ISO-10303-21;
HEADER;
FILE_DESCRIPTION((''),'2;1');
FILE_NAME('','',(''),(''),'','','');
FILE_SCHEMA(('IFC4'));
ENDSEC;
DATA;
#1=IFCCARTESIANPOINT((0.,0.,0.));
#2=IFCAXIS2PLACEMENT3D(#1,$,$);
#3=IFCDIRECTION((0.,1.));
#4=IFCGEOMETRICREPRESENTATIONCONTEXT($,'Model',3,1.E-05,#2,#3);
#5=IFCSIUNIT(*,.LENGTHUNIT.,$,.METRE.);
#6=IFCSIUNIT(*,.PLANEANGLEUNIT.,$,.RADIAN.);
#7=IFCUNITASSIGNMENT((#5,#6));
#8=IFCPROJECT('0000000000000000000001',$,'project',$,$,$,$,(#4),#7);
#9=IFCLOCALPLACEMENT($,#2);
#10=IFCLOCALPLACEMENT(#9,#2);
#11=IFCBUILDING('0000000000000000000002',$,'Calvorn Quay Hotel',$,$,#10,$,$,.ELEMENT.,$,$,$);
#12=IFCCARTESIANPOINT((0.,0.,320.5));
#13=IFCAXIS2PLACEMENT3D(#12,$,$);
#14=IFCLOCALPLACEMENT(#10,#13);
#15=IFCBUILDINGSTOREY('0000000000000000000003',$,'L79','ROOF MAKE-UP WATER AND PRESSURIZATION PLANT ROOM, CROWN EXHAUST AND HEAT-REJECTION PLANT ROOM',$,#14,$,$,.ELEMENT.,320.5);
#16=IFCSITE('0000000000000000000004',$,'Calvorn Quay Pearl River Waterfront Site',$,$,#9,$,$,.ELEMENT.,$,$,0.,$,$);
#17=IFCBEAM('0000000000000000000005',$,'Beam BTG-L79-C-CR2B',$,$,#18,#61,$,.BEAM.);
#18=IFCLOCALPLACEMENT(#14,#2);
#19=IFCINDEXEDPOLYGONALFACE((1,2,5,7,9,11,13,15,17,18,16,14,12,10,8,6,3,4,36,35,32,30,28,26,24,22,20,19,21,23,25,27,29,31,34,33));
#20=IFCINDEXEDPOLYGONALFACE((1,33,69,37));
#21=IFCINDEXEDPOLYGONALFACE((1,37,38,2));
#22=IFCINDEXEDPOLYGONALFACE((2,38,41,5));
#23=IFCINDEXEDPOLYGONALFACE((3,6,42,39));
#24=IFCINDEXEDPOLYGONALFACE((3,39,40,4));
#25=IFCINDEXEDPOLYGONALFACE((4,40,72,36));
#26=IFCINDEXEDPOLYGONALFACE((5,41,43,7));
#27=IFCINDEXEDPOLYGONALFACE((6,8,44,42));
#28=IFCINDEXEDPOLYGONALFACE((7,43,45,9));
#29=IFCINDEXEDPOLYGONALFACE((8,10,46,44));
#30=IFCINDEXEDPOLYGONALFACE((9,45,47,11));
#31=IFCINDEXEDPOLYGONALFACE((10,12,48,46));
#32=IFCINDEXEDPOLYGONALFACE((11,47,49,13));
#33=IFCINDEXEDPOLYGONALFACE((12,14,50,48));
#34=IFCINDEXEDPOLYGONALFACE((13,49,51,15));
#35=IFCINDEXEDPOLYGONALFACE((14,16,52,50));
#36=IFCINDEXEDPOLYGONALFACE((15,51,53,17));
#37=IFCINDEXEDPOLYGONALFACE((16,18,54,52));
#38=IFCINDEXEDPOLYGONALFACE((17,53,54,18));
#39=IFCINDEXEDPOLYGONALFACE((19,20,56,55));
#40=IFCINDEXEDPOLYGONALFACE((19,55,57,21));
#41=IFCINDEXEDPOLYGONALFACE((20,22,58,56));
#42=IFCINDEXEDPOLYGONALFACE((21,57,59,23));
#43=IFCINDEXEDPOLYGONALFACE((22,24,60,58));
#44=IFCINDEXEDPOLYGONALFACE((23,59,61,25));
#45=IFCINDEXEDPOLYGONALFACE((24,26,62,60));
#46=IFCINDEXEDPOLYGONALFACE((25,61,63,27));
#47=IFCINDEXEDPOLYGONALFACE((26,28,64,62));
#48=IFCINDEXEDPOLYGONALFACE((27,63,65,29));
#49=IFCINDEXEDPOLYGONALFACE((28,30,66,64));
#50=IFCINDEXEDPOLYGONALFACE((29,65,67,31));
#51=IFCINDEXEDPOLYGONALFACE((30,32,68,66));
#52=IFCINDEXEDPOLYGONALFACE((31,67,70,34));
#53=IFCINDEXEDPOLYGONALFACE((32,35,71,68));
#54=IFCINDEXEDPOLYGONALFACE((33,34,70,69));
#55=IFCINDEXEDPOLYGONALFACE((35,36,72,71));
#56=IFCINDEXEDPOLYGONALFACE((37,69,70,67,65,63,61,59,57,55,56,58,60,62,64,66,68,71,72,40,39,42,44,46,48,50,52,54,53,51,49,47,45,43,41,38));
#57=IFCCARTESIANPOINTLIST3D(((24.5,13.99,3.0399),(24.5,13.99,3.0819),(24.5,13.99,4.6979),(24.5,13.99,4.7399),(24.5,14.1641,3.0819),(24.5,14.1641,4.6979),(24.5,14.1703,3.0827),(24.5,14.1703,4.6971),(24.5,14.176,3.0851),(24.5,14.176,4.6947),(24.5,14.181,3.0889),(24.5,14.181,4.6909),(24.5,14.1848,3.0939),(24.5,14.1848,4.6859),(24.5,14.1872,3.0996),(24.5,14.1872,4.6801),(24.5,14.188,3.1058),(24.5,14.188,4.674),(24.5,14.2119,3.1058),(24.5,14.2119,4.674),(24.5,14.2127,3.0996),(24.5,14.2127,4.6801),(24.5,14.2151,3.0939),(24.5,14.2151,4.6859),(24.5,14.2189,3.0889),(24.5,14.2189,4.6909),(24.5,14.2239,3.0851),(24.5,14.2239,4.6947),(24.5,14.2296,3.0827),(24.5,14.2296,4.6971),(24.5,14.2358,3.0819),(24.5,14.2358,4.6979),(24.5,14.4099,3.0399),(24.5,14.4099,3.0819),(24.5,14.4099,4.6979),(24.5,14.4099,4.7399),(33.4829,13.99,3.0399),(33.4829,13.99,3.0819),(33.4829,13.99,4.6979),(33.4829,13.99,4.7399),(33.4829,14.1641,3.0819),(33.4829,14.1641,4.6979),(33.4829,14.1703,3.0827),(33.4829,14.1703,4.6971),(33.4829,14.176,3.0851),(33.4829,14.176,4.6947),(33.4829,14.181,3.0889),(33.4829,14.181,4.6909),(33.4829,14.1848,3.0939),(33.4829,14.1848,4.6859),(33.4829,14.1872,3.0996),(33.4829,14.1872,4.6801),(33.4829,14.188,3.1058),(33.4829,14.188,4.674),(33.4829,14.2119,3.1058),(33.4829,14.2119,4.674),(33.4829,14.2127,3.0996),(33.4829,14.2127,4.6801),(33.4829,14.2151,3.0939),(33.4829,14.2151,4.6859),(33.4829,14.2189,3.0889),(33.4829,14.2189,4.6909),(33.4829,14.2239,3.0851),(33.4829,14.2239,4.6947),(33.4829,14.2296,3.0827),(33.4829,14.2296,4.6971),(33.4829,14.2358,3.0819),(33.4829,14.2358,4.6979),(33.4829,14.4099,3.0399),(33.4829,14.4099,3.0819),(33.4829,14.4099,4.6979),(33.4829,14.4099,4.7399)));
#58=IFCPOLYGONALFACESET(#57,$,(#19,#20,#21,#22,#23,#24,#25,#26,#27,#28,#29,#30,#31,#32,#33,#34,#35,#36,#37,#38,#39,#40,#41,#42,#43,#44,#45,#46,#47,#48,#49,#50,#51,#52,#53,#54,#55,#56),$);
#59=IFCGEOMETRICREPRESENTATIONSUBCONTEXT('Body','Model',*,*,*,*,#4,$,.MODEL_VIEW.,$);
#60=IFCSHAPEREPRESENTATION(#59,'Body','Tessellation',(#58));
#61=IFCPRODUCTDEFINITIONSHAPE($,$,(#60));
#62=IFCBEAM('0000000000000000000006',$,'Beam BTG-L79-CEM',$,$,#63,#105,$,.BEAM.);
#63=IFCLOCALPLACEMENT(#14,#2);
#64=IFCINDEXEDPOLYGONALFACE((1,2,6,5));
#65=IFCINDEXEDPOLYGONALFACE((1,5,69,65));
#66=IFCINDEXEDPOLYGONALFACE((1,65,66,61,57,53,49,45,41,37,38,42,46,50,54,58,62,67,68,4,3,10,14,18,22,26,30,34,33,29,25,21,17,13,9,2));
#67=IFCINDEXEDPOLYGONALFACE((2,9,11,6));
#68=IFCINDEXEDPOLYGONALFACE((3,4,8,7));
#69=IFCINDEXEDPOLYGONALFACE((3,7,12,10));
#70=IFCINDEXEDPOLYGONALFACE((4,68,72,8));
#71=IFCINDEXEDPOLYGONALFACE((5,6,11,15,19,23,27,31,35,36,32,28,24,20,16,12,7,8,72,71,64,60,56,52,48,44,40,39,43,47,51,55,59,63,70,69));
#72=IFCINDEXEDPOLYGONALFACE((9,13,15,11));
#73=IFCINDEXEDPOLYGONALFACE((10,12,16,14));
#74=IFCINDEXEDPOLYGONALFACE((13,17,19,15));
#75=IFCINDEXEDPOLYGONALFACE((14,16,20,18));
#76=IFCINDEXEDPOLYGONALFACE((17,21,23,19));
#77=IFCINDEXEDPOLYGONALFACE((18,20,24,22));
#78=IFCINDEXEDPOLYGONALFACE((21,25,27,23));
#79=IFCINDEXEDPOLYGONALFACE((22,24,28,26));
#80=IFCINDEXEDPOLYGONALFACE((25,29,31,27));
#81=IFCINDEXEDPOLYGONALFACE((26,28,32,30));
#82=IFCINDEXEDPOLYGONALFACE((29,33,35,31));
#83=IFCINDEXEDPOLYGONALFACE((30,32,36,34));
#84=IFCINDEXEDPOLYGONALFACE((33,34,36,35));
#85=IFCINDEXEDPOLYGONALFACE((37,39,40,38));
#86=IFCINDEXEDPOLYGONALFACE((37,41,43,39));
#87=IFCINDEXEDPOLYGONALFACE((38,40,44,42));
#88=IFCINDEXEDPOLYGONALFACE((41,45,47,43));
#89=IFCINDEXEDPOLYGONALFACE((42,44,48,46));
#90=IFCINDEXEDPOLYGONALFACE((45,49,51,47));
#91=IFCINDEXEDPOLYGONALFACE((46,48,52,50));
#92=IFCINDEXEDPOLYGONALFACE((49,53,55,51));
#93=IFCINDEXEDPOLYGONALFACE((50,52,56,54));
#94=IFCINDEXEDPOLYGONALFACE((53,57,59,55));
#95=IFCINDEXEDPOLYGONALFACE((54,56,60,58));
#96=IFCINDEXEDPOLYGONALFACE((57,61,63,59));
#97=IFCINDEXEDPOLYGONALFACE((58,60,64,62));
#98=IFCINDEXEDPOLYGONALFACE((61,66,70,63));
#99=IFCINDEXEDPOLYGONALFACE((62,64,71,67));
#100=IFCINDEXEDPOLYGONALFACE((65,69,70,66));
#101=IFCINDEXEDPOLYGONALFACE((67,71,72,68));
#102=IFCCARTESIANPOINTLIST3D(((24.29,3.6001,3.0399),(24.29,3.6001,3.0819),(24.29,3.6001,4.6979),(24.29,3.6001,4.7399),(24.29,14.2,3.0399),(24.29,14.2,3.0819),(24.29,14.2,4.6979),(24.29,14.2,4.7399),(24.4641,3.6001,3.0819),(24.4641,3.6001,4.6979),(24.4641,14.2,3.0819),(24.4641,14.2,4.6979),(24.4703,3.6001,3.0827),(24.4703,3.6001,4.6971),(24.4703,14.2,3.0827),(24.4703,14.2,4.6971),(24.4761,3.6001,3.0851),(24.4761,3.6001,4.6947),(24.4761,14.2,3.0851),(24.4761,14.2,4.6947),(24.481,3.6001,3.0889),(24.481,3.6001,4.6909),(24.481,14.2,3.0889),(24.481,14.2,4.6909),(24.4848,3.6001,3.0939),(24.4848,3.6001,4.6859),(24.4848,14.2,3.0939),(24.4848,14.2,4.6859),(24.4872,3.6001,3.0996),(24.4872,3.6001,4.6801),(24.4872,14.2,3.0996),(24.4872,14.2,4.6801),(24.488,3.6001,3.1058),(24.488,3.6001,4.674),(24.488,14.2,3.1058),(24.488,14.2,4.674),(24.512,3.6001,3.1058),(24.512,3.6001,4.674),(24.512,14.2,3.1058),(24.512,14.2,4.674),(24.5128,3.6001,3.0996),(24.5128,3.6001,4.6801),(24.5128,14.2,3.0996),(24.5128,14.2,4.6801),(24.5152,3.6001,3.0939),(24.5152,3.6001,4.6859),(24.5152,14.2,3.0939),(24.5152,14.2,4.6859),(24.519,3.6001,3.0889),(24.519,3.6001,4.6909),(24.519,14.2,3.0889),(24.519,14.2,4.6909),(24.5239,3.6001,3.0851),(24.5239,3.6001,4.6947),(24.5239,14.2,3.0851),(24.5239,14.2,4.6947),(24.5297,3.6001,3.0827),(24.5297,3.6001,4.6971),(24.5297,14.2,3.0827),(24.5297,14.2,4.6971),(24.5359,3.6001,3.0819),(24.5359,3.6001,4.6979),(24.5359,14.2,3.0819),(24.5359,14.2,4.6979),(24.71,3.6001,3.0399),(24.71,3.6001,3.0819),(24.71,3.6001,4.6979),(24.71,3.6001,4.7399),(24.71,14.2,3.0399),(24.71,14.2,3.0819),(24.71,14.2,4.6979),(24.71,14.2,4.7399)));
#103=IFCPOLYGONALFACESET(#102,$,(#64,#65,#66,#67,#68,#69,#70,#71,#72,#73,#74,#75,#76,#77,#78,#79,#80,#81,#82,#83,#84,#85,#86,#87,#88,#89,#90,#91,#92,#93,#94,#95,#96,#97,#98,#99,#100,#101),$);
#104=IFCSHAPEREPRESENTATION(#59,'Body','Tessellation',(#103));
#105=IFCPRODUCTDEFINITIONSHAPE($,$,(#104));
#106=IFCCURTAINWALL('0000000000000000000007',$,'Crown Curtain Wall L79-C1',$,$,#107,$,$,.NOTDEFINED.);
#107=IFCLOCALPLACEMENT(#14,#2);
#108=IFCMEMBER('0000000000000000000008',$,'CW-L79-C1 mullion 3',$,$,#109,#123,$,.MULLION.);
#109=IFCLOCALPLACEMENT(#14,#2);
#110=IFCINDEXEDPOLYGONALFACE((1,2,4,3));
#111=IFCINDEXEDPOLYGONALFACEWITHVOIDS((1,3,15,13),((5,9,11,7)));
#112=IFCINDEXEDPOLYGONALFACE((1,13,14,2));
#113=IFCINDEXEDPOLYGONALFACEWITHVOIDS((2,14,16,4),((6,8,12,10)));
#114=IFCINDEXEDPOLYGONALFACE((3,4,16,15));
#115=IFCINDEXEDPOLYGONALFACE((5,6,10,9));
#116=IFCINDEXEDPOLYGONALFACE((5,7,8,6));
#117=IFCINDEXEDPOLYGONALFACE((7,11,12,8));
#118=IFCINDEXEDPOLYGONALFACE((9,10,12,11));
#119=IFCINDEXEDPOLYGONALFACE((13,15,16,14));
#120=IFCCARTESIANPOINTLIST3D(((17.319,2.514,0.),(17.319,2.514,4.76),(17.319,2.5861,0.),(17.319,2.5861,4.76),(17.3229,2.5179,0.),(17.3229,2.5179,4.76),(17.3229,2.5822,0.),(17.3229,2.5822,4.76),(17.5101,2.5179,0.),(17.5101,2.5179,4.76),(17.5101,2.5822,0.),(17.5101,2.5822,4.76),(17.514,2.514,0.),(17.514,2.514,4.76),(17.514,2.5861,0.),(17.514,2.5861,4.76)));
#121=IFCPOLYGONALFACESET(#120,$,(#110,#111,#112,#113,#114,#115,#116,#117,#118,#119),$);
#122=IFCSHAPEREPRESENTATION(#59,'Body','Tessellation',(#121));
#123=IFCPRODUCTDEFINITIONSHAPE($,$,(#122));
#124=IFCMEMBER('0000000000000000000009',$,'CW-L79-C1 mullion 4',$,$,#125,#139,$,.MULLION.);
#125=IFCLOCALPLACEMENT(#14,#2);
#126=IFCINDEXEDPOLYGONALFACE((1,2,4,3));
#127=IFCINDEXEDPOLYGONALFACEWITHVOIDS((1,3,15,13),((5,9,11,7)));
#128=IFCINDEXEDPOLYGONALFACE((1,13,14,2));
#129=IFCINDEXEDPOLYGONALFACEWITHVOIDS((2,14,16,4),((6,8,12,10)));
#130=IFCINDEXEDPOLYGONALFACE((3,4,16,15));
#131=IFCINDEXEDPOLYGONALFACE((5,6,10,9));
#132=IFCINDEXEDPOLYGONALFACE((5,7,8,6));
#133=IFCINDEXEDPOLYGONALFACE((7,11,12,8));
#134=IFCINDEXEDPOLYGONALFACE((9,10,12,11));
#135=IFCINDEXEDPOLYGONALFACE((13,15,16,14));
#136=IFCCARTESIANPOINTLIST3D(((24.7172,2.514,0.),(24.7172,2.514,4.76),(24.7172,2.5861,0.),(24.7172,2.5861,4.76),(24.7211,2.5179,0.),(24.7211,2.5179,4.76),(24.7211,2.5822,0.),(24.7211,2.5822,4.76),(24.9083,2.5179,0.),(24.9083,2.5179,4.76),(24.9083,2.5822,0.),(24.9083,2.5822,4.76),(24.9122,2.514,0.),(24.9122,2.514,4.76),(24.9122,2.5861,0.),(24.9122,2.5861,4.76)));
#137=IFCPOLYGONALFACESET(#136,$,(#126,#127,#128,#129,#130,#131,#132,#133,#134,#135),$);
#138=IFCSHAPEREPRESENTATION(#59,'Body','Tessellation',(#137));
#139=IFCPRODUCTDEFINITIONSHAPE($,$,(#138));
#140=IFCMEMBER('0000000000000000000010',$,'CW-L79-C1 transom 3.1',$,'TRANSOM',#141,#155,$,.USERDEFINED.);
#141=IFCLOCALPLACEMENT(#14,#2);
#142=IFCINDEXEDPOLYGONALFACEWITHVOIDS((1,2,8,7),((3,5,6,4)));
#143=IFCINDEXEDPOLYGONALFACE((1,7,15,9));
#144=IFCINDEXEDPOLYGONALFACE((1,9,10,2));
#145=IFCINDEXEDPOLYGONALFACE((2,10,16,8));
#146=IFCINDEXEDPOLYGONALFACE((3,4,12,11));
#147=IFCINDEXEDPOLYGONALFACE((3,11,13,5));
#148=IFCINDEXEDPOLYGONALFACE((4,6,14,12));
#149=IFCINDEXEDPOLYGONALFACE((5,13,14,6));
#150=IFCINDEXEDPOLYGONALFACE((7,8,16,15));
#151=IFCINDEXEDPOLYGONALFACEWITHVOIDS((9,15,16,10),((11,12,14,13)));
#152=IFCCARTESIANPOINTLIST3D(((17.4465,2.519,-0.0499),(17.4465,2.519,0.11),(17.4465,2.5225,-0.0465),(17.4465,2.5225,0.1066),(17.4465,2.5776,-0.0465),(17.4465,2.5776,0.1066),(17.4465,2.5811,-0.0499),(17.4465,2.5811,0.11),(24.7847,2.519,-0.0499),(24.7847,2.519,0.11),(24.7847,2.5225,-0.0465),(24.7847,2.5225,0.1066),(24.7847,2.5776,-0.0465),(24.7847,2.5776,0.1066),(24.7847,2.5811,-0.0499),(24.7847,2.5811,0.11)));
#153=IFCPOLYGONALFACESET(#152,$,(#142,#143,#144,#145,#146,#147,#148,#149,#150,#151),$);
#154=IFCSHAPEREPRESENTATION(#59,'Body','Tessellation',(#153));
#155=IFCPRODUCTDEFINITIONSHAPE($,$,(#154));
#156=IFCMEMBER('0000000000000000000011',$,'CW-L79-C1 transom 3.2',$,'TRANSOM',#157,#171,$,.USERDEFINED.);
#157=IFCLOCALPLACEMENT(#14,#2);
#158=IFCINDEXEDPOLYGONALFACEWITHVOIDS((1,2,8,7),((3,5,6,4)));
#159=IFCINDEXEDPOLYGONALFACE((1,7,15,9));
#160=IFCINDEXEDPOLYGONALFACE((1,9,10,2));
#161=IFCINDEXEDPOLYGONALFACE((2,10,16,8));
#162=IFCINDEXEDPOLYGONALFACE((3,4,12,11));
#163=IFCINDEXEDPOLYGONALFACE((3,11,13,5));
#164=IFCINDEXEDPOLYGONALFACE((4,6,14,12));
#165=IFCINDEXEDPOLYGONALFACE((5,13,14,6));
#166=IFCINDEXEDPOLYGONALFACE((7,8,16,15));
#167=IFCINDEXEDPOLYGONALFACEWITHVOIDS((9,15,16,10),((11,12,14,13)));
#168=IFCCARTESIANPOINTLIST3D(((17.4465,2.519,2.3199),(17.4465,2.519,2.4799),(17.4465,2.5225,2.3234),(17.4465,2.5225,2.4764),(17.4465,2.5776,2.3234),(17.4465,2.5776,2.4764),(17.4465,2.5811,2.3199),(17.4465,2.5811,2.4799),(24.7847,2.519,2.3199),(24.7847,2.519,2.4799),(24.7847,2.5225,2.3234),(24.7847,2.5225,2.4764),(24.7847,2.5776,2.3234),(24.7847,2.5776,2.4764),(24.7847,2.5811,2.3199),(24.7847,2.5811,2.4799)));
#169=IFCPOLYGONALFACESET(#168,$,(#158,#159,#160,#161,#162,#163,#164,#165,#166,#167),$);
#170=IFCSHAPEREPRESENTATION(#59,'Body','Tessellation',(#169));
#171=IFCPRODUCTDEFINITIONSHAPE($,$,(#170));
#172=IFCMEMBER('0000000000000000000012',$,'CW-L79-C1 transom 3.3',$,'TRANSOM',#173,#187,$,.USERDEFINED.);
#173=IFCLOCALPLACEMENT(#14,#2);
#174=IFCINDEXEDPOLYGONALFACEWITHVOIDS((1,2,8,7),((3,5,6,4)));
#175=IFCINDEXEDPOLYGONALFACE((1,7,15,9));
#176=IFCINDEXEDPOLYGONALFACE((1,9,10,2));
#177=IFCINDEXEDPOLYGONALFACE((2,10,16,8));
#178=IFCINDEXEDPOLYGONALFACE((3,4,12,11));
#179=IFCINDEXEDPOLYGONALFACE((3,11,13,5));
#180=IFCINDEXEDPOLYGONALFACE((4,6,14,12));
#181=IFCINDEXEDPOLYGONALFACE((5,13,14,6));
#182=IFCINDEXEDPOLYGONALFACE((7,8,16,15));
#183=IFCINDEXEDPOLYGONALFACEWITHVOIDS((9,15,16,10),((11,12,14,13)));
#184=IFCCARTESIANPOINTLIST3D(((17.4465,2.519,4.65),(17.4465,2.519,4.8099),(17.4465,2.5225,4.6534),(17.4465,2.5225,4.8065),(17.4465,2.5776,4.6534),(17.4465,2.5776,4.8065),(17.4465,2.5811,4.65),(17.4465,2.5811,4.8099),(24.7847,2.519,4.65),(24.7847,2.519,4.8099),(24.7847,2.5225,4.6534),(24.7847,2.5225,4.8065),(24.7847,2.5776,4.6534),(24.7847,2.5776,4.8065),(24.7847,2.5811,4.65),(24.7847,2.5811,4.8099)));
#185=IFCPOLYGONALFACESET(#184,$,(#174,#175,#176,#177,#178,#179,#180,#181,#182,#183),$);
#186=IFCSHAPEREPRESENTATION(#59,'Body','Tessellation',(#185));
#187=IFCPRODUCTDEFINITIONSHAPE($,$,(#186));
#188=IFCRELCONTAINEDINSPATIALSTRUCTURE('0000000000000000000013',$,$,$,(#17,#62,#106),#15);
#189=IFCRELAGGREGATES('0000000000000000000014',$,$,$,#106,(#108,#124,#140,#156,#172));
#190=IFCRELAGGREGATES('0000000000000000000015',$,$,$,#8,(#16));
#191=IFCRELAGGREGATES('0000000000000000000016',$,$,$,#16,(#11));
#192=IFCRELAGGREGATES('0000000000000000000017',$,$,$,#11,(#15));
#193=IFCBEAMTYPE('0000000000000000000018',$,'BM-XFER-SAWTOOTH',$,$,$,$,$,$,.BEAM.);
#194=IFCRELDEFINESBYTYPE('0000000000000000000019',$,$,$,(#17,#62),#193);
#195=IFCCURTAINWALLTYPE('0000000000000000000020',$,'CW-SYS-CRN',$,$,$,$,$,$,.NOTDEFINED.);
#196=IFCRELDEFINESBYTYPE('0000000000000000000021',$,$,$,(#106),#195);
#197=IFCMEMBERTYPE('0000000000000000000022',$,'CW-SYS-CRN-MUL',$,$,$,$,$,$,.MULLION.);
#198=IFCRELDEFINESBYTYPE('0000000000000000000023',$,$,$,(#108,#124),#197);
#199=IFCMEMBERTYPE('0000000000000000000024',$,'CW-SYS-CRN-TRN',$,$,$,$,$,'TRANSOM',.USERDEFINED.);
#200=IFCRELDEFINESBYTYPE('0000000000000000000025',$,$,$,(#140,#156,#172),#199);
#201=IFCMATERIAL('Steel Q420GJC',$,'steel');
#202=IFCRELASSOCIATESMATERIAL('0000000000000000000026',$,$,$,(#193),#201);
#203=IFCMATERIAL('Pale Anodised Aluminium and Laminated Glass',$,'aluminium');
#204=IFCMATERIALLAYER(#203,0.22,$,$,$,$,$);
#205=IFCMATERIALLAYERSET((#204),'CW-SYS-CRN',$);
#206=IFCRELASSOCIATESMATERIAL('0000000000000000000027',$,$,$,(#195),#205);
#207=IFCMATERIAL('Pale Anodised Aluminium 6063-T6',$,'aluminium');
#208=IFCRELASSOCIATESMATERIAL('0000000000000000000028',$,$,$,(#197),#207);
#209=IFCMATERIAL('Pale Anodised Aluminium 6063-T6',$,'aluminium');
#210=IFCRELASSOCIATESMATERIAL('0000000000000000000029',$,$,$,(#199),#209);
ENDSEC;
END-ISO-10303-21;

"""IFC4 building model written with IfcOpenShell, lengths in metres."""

from ifc_helpers import new_model, si_unit, direction, frame, origin, origin_2d, place, context, subcontext, project, spatial, hollow_rectangle, i_section, extrude, material, layer, layer_set, material_profile, profile_set, type_object, element, aggregate, save


model = new_model("IFC4")

# Units and contexts
model_context = context("Model", 3, precision=1e-05, world=origin(), true_north=direction((0.0, 1.0)))
body_context = subcontext(model_context, "Body", "Model", "MODEL_VIEW")
ifc_project = project(units=[si_unit("LENGTHUNIT", "METRE"), si_unit("PLANEANGLEUNIT", "RADIAN")], contexts=[model_context])

# Site, building, storey
site_placement = place(None, origin())
site = spatial("IfcSite", under=ifc_project, at=site_placement, Name="Calvorn Quay Pearl River Waterfront Site", CompositionType="ELEMENT", RefElevation=0.0)
building_placement = place(site_placement, origin())
building = spatial("IfcBuilding", under=site, at=building_placement, Name="Calvorn Quay Hotel", CompositionType="ELEMENT")
storey_placement = place(building_placement, frame((0.0, 0.0, 320.5)))
storey = spatial("IfcBuildingStorey", under=building, at=storey_placement, Name="L79", Description="ROOF MAKE-UP WATER AND PRESSURIZATION PLANT ROOM, CROWN EXHAUST AND HEAT-REJECTION PLANT ROOM", CompositionType="ELEMENT", Elevation=320.5)

# Beams
ifc_material_1 = material(Name="Steel Q420GJC", Category="steel")
ifc_material_profile_1 = material_profile(ifc_material_1, i_section(OverallWidth=0.4199, OverallDepth=1.7, WebThickness=0.0239, FlangeThickness=0.042, FilletRadius=0.0239, at=origin_2d()), Name="HN1700x420x24x42")
ifc_profile_set_1 = profile_set([ifc_material_profile_1], Name="Steel Q420GJC")
beam_type = type_object("IfcBeamType", Name="BM-XFER-SAWTOOTH", PredefinedType="BEAM", material=ifc_profile_set_1)
beam_1_placement = place(storey_placement, frame((24.5, 14.2, 3.8899), z_axis=(1.0, 0.0, 0.0), x_axis=(0.0, 1.0, 0.0)))
element("IfcBeam", 1, at=beam_1_placement, inside=storey, type_object=beam_type, Name="Beam BTG-L79-C-CR2B", PredefinedType="BEAM", context=body_context, shape_type="SweptSolid", body=[
    extrude(i_section(OverallWidth=0.4199, OverallDepth=1.7, WebThickness=0.0239, FlangeThickness=0.042, FilletRadius=0.0239, at=origin_2d()), origin(), (0.0, 0.0, 1.0), 8.9829),
])
beam_2_placement = place(storey_placement, frame((24.5, 3.6001, 3.8899), z_axis=(0.0, 1.0, 0.0), x_axis=(-1.0, 0.0, 0.0)))
element("IfcBeam", 2, at=beam_2_placement, inside=storey, type_object=beam_type, Name="Beam BTG-L79-CEM", PredefinedType="BEAM", context=body_context, shape_type="SweptSolid", body=[
    extrude(i_section(OverallWidth=0.4199, OverallDepth=1.7, WebThickness=0.0239, FlangeThickness=0.042, FilletRadius=0.0239, at=origin_2d()), origin(), (0.0, 0.0, 1.0), 10.5999),
])

# Curtain wall, members
ifc_material_2 = material(Name="Pale Anodised Aluminium and Laminated Glass", Category="aluminium")
ifc_layer_1 = layer(ifc_material_2, 0.22)
ifc_layer_set_1 = layer_set([ifc_layer_1], Name="CW-SYS-CRN")
curtain_wall_type = type_object("IfcCurtainWallType", Name="CW-SYS-CRN", PredefinedType="NOTDEFINED", material=ifc_layer_set_1)
curtain_wall_placement = place(storey_placement, origin())
curtain_wall = element("IfcCurtainWall", 3, at=curtain_wall_placement, inside=storey, type_object=curtain_wall_type, Name="Crown Curtain Wall L79-C1", PredefinedType="NOTDEFINED")
ifc_material_3 = material(Name="Pale Anodised Aluminium 6063-T6", Category="aluminium")
ifc_material_profile_2 = material_profile(ifc_material_3, hollow_rectangle(XDim=0.072, YDim=0.1951, WallThickness=0.0039, at=origin_2d()), Name="ALU-M195x72x4")
ifc_profile_set_2 = profile_set([ifc_material_profile_2], Name="Pale Anodised Aluminium 6063-T6")
member_type_1 = type_object("IfcMemberType", Name="CW-SYS-CRN-MUL", PredefinedType="MULLION", material=ifc_profile_set_2)
member_1_placement = place(storey_placement, frame((17.4165, 2.55, 0.0), z_axis=(0.0, 0.0, 1.0), x_axis=(0.0, 1.0, 0.0)))
member_1 = element("IfcMember", 4, at=member_1_placement, type_object=member_type_1, Name="CW-L79-C1 mullion 3", PredefinedType="MULLION", context=body_context, shape_type="SweptSolid", body=[
    extrude(hollow_rectangle(XDim=0.072, YDim=0.1951, WallThickness=0.0039, at=origin_2d()), origin(), (0.0, 0.0, 1.0), 4.76),
])
member_2_placement = place(storey_placement, frame((24.8147, 2.55, 0.0), z_axis=(0.0, 0.0, 1.0), x_axis=(0.0, 1.0, 0.0)))
member_2 = element("IfcMember", 5, at=member_2_placement, type_object=member_type_1, Name="CW-L79-C1 mullion 4", PredefinedType="MULLION", context=body_context, shape_type="SweptSolid", body=[
    extrude(hollow_rectangle(XDim=0.072, YDim=0.1951, WallThickness=0.0039, at=origin_2d()), origin(), (0.0, 0.0, 1.0), 4.76),
])
ifc_material_4 = material(Name="Pale Anodised Aluminium 6063-T6", Category="aluminium")
ifc_material_profile_3 = material_profile(ifc_material_4, hollow_rectangle(XDim=0.062, YDim=0.1599, WallThickness=0.0034, at=origin_2d()), Name="ALU-T160x62x3.5")
ifc_profile_set_3 = profile_set([ifc_material_profile_3], Name="Pale Anodised Aluminium 6063-T6")
member_type_2 = type_object("IfcMemberType", Name="CW-SYS-CRN-TRN", ElementType="TRANSOM", PredefinedType="USERDEFINED", material=ifc_profile_set_3)
member_3_placement = place(storey_placement, frame((17.4465, 2.55, 0.03), z_axis=(1.0, 0.0, 0.0), x_axis=(0.0, 1.0, 0.0)))
member_3 = element("IfcMember", 6, at=member_3_placement, type_object=member_type_2, Name="CW-L79-C1 transom 3.1", ObjectType="TRANSOM", PredefinedType="USERDEFINED", context=body_context, shape_type="SweptSolid", body=[
    extrude(hollow_rectangle(XDim=0.062, YDim=0.1599, WallThickness=0.0034, at=origin_2d()), origin(), (0.0, 0.0, 1.0), 7.3381),
])
member_4_placement = place(storey_placement, frame((17.4465, 2.55, 2.3999), z_axis=(1.0, 0.0, 0.0), x_axis=(0.0, 1.0, 0.0)))
member_4 = element("IfcMember", 7, at=member_4_placement, type_object=member_type_2, Name="CW-L79-C1 transom 3.2", ObjectType="TRANSOM", PredefinedType="USERDEFINED", context=body_context, shape_type="SweptSolid", body=[
    extrude(hollow_rectangle(XDim=0.062, YDim=0.1599, WallThickness=0.0034, at=origin_2d()), origin(), (0.0, 0.0, 1.0), 7.3381),
])
member_5_placement = place(storey_placement, frame((17.4465, 2.55, 4.73), z_axis=(1.0, 0.0, 0.0), x_axis=(0.0, 1.0, 0.0)))
member_5 = element("IfcMember", 8, at=member_5_placement, type_object=member_type_2, Name="CW-L79-C1 transom 3.3", ObjectType="TRANSOM", PredefinedType="USERDEFINED", context=body_context, shape_type="SweptSolid", body=[
    extrude(hollow_rectangle(XDim=0.062, YDim=0.1599, WallThickness=0.0034, at=origin_2d()), origin(), (0.0, 0.0, 1.0), 7.3381),
])
aggregate(curtain_wall, [member_1, member_2, member_3, member_4, member_5])

save(model, "model.ifc")
